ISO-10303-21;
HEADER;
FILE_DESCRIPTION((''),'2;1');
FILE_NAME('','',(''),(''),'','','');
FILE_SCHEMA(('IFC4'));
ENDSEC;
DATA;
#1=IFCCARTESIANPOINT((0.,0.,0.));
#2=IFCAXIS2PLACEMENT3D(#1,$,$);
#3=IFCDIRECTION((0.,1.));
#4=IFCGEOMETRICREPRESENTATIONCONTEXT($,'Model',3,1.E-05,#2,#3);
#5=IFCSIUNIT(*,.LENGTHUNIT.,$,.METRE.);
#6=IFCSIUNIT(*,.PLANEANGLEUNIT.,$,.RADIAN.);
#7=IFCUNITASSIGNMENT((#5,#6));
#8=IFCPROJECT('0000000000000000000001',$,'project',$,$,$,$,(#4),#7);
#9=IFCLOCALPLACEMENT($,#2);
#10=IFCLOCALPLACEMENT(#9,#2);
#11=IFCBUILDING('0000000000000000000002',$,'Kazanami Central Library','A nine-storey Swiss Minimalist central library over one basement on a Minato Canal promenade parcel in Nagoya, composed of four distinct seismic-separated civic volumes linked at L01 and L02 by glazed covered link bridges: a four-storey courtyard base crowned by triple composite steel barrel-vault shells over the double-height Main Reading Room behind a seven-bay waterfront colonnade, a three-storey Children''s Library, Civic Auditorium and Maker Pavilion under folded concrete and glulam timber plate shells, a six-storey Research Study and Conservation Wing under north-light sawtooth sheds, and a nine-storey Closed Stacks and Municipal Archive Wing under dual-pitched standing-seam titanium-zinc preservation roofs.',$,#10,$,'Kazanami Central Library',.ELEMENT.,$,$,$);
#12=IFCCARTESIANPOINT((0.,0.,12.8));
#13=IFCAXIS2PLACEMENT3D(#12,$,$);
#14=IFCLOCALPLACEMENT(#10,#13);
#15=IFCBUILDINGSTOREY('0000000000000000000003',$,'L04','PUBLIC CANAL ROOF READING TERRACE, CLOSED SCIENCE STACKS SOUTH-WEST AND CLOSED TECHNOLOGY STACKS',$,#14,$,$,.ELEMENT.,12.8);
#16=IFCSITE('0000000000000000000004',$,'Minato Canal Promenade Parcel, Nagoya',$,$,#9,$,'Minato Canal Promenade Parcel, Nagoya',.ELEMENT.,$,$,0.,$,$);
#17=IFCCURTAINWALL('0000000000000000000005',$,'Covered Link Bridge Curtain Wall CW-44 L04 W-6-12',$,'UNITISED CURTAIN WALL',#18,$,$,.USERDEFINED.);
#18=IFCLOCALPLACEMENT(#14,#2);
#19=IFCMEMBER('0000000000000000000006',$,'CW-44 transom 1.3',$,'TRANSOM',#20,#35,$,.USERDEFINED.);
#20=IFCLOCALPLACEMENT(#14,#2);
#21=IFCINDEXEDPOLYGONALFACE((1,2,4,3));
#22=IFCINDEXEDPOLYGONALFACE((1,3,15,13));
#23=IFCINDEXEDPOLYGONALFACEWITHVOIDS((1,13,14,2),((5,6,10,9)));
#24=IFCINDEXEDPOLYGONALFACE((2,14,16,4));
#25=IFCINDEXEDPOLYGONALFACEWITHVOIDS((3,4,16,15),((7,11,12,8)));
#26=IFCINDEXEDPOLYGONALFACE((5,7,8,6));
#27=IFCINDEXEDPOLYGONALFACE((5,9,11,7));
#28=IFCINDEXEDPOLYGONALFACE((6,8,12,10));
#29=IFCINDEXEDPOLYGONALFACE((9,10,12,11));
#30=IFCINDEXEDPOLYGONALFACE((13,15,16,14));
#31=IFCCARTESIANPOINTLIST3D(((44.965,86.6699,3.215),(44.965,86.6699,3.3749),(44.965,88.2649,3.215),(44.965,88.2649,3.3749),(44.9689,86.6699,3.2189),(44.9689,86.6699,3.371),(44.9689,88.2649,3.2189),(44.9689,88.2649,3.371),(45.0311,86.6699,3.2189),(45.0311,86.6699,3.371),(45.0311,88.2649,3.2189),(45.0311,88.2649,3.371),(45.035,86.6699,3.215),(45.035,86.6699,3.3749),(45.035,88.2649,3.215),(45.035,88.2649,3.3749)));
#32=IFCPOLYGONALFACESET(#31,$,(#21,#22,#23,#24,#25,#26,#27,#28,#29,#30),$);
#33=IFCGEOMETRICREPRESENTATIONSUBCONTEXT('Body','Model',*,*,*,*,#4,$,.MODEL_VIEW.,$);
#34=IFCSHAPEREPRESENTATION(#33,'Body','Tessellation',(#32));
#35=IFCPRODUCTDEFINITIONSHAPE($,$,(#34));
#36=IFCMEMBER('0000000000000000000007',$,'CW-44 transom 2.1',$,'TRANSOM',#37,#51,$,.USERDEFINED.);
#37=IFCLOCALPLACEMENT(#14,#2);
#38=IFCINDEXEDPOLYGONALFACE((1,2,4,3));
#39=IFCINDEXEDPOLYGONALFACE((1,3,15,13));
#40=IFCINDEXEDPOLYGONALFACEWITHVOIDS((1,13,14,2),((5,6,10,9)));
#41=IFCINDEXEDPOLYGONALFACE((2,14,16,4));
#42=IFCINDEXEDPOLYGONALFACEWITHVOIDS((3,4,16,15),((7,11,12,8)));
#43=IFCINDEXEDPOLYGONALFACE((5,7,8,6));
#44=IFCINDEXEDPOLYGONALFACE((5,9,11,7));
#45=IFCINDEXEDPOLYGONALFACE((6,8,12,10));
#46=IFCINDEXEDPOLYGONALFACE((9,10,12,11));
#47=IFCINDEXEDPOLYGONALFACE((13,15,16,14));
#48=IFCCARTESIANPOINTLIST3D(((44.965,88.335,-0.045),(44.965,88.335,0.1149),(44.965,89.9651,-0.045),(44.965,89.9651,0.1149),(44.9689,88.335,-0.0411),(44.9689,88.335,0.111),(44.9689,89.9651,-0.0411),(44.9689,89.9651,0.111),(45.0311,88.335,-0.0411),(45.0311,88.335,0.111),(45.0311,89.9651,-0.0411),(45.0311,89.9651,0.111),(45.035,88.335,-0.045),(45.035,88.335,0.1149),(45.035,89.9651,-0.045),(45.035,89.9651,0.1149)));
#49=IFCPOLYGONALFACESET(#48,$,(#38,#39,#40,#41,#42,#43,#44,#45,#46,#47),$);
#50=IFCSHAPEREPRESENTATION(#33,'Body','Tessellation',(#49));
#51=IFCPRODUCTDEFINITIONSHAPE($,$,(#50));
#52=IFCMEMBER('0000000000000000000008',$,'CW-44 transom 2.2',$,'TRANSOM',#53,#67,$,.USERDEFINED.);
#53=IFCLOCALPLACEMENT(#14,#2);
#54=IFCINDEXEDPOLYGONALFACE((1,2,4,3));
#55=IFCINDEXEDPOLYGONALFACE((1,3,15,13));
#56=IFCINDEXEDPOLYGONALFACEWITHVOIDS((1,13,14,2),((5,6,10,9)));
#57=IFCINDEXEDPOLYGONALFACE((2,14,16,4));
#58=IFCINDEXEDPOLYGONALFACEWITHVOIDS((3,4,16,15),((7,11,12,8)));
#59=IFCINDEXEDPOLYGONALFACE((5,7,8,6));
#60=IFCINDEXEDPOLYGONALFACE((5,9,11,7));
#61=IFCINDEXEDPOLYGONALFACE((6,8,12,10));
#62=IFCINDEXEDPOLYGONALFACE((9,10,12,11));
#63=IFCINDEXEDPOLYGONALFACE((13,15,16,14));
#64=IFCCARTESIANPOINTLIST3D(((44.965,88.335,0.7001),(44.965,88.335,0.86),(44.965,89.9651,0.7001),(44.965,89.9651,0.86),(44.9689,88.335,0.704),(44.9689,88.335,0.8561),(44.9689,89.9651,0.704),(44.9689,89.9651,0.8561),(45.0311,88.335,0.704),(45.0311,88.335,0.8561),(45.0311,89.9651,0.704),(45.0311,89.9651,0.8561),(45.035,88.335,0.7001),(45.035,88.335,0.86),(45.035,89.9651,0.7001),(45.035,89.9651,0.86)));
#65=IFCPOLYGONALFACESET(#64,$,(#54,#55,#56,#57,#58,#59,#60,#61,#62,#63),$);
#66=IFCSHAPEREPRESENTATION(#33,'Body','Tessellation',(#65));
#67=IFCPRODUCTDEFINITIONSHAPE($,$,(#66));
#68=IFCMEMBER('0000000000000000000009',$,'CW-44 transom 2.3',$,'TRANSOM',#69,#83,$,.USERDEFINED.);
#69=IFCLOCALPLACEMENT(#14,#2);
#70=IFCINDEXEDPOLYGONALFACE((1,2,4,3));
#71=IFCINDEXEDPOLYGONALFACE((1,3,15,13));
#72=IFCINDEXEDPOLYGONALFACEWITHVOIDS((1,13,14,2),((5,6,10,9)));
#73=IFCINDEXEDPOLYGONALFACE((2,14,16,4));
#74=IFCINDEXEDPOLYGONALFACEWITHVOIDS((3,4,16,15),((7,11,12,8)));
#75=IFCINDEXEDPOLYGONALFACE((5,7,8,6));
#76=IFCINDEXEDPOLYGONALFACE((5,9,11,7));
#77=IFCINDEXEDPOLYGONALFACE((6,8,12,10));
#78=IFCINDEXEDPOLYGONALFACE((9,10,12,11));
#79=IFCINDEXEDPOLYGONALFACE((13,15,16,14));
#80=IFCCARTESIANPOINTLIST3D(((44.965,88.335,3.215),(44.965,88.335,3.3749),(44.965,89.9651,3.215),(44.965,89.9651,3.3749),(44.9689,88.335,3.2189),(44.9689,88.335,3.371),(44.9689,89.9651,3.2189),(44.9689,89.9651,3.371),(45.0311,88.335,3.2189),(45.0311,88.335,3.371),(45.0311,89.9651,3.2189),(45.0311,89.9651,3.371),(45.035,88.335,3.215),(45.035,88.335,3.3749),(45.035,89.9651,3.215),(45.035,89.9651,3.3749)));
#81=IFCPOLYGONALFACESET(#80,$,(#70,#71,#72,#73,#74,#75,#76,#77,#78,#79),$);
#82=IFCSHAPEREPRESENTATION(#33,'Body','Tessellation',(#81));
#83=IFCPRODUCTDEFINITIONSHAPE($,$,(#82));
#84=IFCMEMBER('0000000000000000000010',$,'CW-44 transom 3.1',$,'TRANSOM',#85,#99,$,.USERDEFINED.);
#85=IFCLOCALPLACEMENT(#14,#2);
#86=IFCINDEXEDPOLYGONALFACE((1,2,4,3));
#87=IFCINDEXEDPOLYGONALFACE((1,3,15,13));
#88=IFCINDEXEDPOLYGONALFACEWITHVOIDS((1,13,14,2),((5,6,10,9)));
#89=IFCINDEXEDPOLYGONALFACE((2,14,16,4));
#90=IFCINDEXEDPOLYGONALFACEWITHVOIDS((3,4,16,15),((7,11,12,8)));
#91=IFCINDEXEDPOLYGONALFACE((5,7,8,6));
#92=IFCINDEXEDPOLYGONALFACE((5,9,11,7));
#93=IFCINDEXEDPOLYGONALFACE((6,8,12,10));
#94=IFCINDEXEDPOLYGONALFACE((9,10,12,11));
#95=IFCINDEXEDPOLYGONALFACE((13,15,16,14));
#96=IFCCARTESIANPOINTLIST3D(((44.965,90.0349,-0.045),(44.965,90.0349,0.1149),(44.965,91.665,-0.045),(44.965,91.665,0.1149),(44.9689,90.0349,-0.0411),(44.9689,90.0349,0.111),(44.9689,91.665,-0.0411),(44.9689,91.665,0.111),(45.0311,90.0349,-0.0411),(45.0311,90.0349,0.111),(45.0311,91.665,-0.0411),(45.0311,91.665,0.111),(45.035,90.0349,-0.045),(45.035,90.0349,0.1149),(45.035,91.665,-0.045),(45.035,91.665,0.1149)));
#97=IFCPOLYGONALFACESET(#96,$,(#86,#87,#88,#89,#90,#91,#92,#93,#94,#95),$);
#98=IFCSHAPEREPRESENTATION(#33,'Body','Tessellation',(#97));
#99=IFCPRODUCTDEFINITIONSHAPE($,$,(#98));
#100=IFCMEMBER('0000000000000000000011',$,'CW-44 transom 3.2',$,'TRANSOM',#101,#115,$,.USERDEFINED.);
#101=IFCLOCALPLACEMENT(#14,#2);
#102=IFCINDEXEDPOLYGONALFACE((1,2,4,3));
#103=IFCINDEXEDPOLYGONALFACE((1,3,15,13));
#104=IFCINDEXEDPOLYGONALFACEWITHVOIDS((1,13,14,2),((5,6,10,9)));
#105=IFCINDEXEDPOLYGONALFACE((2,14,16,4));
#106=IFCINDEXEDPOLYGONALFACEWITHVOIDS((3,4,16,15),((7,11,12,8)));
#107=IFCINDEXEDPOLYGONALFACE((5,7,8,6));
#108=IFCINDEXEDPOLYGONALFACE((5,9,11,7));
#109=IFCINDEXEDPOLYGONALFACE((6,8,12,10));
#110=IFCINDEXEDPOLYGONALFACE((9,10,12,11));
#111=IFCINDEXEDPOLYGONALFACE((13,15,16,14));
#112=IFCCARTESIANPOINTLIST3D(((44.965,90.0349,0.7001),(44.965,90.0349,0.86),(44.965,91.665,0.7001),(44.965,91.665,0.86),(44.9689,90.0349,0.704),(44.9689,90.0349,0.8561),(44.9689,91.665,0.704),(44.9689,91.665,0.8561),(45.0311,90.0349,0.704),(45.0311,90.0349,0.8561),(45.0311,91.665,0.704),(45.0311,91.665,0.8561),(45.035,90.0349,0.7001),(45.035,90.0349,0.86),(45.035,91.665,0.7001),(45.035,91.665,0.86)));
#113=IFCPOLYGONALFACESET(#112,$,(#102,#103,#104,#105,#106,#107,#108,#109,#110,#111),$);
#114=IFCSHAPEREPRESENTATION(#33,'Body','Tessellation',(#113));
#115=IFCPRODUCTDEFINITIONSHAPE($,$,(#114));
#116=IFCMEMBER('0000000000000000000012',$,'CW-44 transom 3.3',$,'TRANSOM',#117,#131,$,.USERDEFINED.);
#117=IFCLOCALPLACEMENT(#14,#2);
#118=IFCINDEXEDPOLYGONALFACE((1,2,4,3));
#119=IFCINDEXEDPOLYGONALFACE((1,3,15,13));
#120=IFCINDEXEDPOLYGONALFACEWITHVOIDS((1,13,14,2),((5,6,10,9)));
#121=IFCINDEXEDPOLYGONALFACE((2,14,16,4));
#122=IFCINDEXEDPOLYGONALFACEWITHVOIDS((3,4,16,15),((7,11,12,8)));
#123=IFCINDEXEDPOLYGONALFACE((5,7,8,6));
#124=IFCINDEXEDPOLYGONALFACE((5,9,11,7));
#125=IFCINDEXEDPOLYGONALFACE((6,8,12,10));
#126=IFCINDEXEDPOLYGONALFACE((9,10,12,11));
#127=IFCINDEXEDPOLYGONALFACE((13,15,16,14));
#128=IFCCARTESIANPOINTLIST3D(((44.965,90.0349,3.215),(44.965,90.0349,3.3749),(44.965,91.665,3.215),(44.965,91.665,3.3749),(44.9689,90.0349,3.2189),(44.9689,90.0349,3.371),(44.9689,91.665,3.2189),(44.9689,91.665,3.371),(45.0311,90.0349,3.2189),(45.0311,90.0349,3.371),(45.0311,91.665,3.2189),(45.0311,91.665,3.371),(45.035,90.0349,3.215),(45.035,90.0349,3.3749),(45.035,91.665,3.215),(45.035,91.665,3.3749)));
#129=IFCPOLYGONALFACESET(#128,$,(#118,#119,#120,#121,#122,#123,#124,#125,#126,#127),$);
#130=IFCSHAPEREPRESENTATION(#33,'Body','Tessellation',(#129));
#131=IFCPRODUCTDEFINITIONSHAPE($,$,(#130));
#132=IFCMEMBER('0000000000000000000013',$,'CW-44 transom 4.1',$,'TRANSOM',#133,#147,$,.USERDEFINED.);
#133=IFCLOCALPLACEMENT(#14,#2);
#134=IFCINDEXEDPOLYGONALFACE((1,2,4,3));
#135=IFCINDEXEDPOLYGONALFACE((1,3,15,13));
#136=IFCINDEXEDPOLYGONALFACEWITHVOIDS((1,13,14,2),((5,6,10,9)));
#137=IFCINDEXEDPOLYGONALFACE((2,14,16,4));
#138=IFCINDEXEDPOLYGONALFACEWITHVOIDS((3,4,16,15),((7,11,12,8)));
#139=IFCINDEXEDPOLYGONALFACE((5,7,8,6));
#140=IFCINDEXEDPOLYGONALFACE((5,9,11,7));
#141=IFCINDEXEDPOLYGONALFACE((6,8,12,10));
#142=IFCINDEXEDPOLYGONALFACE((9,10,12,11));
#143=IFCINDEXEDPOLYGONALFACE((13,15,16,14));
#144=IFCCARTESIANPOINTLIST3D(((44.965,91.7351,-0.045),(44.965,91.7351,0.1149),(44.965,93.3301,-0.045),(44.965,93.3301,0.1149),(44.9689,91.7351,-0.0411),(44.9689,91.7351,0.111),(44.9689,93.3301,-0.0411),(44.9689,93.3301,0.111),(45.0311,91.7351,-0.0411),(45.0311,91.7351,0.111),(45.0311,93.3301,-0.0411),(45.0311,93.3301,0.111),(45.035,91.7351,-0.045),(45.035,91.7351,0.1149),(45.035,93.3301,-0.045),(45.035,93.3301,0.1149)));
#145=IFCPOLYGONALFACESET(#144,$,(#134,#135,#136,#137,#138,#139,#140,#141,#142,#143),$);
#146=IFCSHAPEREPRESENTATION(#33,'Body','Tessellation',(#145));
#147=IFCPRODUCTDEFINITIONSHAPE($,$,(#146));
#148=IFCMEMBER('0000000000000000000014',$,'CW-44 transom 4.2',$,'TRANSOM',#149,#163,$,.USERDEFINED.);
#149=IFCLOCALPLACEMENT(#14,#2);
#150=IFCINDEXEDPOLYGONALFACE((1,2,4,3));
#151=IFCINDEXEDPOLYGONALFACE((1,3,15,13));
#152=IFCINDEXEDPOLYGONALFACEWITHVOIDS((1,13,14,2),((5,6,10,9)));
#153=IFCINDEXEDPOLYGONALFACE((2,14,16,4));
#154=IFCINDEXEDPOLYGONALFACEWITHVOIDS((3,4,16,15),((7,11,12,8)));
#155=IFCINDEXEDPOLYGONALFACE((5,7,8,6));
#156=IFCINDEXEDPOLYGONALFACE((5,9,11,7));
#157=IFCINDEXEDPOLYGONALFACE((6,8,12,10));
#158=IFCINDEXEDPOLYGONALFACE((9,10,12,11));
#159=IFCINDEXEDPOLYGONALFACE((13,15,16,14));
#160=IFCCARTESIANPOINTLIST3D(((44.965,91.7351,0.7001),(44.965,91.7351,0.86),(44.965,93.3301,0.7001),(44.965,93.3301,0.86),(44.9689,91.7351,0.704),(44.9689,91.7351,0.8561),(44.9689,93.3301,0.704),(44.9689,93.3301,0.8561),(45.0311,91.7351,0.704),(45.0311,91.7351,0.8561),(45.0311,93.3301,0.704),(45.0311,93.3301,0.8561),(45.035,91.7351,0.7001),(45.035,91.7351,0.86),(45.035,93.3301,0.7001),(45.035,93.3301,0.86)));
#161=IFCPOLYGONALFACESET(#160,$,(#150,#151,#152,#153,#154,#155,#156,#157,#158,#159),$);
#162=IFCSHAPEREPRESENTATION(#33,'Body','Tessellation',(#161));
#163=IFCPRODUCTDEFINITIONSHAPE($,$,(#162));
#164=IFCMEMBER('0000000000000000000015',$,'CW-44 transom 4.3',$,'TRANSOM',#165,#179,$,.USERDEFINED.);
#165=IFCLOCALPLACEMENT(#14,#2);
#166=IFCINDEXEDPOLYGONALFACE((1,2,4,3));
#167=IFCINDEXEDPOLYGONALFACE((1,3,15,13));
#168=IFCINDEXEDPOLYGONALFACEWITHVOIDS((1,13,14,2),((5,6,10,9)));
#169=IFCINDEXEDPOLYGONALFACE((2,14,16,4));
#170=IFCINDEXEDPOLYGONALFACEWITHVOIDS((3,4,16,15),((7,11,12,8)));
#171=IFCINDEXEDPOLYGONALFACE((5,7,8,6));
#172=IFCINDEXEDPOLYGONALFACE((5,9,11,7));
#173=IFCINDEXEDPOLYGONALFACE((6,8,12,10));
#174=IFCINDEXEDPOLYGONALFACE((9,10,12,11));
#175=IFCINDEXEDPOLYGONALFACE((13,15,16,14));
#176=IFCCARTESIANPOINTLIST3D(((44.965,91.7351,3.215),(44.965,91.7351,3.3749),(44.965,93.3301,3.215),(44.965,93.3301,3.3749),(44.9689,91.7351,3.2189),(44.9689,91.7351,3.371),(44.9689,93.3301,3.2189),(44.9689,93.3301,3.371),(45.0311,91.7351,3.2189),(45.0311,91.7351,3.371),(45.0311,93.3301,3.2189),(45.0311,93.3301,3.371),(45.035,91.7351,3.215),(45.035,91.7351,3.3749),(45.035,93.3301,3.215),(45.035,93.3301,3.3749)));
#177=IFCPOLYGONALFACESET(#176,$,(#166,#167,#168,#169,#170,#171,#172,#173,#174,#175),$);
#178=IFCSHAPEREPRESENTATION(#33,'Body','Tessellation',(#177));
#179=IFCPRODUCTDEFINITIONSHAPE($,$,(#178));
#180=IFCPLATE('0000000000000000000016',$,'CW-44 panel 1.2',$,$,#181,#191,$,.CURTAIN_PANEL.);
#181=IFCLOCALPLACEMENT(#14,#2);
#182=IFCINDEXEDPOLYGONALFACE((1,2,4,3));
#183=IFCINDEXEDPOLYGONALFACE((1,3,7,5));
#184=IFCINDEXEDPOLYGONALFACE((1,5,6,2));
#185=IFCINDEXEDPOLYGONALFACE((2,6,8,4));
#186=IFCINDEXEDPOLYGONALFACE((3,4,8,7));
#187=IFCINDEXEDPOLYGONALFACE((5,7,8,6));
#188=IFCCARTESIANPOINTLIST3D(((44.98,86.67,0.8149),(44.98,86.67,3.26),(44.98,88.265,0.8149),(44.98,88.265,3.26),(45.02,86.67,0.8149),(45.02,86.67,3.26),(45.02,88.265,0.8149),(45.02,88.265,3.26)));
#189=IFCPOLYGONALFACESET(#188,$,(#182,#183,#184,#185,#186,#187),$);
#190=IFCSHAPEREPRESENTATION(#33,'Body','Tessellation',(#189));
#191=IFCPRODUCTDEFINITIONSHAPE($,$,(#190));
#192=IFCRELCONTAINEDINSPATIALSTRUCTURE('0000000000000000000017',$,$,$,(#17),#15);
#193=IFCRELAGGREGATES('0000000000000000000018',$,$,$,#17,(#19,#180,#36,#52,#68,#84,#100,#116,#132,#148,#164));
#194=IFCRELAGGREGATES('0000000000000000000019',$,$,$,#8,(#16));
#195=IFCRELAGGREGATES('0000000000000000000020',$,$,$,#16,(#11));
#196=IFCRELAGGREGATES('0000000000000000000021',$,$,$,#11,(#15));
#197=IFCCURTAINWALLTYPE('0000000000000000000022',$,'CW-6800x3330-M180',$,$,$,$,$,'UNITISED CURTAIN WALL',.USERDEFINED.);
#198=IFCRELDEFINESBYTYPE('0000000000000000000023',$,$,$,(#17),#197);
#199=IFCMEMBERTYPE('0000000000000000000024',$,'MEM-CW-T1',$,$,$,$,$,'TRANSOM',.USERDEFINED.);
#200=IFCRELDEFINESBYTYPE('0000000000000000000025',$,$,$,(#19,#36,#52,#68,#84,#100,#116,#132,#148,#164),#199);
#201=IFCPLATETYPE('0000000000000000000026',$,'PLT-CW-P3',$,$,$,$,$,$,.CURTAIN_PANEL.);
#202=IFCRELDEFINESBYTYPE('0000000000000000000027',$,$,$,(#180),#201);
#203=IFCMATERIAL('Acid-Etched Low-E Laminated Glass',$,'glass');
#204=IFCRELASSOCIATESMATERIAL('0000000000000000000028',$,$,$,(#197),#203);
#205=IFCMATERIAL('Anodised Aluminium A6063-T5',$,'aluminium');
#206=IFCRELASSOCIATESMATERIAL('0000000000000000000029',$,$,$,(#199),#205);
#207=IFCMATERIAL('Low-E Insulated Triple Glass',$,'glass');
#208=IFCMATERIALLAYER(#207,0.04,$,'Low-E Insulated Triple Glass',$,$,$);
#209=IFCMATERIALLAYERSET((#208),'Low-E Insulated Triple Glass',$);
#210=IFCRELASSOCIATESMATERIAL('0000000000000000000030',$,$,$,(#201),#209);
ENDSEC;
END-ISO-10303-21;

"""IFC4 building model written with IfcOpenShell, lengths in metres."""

from ifc_helpers import new_model, si_unit, direction, frame, origin, origin_2d, place, context, subcontext, project, spatial, rectangle, hollow_rectangle, extrude, material, layer, layer_set, material_profile, profile_set, type_object, element, aggregate, save


model = new_model("IFC4")

# Units and contexts
model_context = context("Model", 3, precision=1e-05, world=origin(), true_north=direction((0.0, 1.0)))
body_context = subcontext(model_context, "Body", "Model", "MODEL_VIEW")
ifc_project = project(units=[si_unit("LENGTHUNIT", "METRE"), si_unit("PLANEANGLEUNIT", "RADIAN")], contexts=[model_context])

# Site, building, storey
site_placement = place(None, origin())
site = spatial("IfcSite", under=ifc_project, at=site_placement, Name="Minato Canal Promenade Parcel, Nagoya", LongName="Minato Canal Promenade Parcel, Nagoya", CompositionType="ELEMENT", RefElevation=0.0)
building_placement = place(site_placement, origin())
building = spatial("IfcBuilding", under=site, at=building_placement, Name="Kazanami Central Library", Description="A nine-storey Swiss Minimalist central library over one basement on a Minato Canal promenade parcel in Nagoya, composed of four distinct seismic-separated civic volumes linked at L01 and L02 by glazed covered link bridges: a four-storey courtyard base crowned by triple composite steel barrel-vault shells over the double-height Main Reading Room behind a seven-bay waterfront colonnade, a three-storey Children's Library, Civic Auditorium and Maker Pavilion under folded concrete and glulam timber plate shells, a six-storey Research Study and Conservation Wing under north-light sawtooth sheds, and a nine-storey Closed Stacks and Municipal Archive Wing under dual-pitched standing-seam titanium-zinc preservation roofs.", LongName="Kazanami Central Library", CompositionType="ELEMENT")
storey_placement = place(building_placement, frame((0.0, 0.0, 12.8)))
storey = spatial("IfcBuildingStorey", under=building, at=storey_placement, Name="L04", Description="PUBLIC CANAL ROOF READING TERRACE, CLOSED SCIENCE STACKS SOUTH-WEST AND CLOSED TECHNOLOGY STACKS", CompositionType="ELEMENT", Elevation=12.8)

# Curtain wall, members, plate
ifc_material_1 = material(Name="Acid-Etched Low-E Laminated Glass", Category="glass")
curtain_wall_type = type_object("IfcCurtainWallType", Name="CW-6800x3330-M180", ElementType="UNITISED CURTAIN WALL", PredefinedType="USERDEFINED", material=ifc_material_1)
curtain_wall_placement = place(storey_placement, origin())
curtain_wall = element("IfcCurtainWall", 1, at=curtain_wall_placement, inside=storey, type_object=curtain_wall_type, Name="Covered Link Bridge Curtain Wall CW-44 L04 W-6-12", ObjectType="UNITISED CURTAIN WALL", PredefinedType="USERDEFINED")
ifc_material_2 = material(Name="Anodised Aluminium A6063-T5", Category="aluminium")
ifc_material_profile_1 = material_profile(ifc_material_2, hollow_rectangle(XDim=0.0701, YDim=0.1599, WallThickness=0.0039, at=origin_2d()), Name="ALU-TRAN-70x160x4")
ifc_profile_set_1 = profile_set([ifc_material_profile_1], Name="Anodised Aluminium A6063-T5")
member_type_1 = type_object("IfcMemberType", Name="MEM-CW-T1", ElementType="TRANSOM", PredefinedType="USERDEFINED", material=ifc_profile_set_1)
member_1_placement = place(storey_placement, frame((45.0, 86.6699, 3.2949), z_axis=(0.0, 1.0, 0.0), x_axis=(-1.0, 0.0, 0.0)))
member_1 = element("IfcMember", 2, at=member_1_placement, type_object=member_type_1, Name="CW-44 transom 1.3", ObjectType="TRANSOM", PredefinedType="USERDEFINED", context=body_context, shape_type="SweptSolid", body=[
    extrude(hollow_rectangle(XDim=0.0701, YDim=0.1599, WallThickness=0.0039, at=origin_2d()), origin(), (0.0, 0.0, 1.0), 1.595),
])
member_2_placement = place(storey_placement, frame((45.0, 88.335, 0.0349), z_axis=(0.0, 1.0, 0.0), x_axis=(-1.0, 0.0, 0.0)))
member_2 = element("IfcMember", 3, at=member_2_placement, type_object=member_type_1, Name="CW-44 transom 2.1", ObjectType="TRANSOM", PredefinedType="USERDEFINED", context=body_context, shape_type="SweptSolid", body=[
    extrude(hollow_rectangle(XDim=0.0701, YDim=0.1599, WallThickness=0.0039, at=origin_2d()), origin(), (0.0, 0.0, 1.0), 1.6301),
])
member_3_placement = place(storey_placement, frame((45.0, 88.335, 0.78), z_axis=(0.0, 1.0, 0.0), x_axis=(-1.0, 0.0, 0.0)))
member_3 = element("IfcMember", 4, at=member_3_placement, type_object=member_type_1, Name="CW-44 transom 2.2", ObjectType="TRANSOM", PredefinedType="USERDEFINED", context=body_context, shape_type="SweptSolid", body=[
    extrude(hollow_rectangle(XDim=0.0701, YDim=0.1599, WallThickness=0.0039, at=origin_2d()), origin(), (0.0, 0.0, 1.0), 1.6301),
])
member_4_placement = place(storey_placement, frame((45.0, 88.335, 3.2949), z_axis=(0.0, 1.0, 0.0), x_axis=(-1.0, 0.0, 0.0)))
member_4 = element("IfcMember", 5, at=member_4_placement, type_object=member_type_1, Name="CW-44 transom 2.3", ObjectType="TRANSOM", PredefinedType="USERDEFINED", context=body_context, shape_type="SweptSolid", body=[
    extrude(hollow_rectangle(XDim=0.0701, YDim=0.1599, WallThickness=0.0039, at=origin_2d()), origin(), (0.0, 0.0, 1.0), 1.6301),
])
member_5_placement = place(storey_placement, frame((45.0, 90.0349, 0.0349), z_axis=(0.0, 1.0, 0.0), x_axis=(-1.0, 0.0, 0.0)))
member_5 = element("IfcMember", 6, at=member_5_placement, type_object=member_type_1, Name="CW-44 transom 3.1", ObjectType="TRANSOM", PredefinedType="USERDEFINED", context=body_context, shape_type="SweptSolid", body=[
    extrude(hollow_rectangle(XDim=0.0701, YDim=0.1599, WallThickness=0.0039, at=origin_2d()), origin(), (0.0, 0.0, 1.0), 1.6301),
])
member_6_placement = place(storey_placement, frame((45.0, 90.0349, 0.78), z_axis=(0.0, 1.0, 0.0), x_axis=(-1.0, 0.0, 0.0)))
member_6 = element("IfcMember", 7, at=member_6_placement, type_object=member_type_1, Name="CW-44 transom 3.2", ObjectType="TRANSOM", PredefinedType="USERDEFINED", context=body_context, shape_type="SweptSolid", body=[
    extrude(hollow_rectangle(XDim=0.0701, YDim=0.1599, WallThickness=0.0039, at=origin_2d()), origin(), (0.0, 0.0, 1.0), 1.6301),
])
member_7_placement = place(storey_placement, frame((45.0, 90.0349, 3.2949), z_axis=(0.0, 1.0, 0.0), x_axis=(-1.0, 0.0, 0.0)))
member_7 = element("IfcMember", 8, at=member_7_placement, type_object=member_type_1, Name="CW-44 transom 3.3", ObjectType="TRANSOM", PredefinedType="USERDEFINED", context=body_context, shape_type="SweptSolid", body=[
    extrude(hollow_rectangle(XDim=0.0701, YDim=0.1599, WallThickness=0.0039, at=origin_2d()), origin(), (0.0, 0.0, 1.0), 1.6301),
])
member_8_placement = place(storey_placement, frame((45.0, 91.7351, 0.0349), z_axis=(0.0, 1.0, 0.0), x_axis=(-1.0, 0.0, 0.0)))
member_8 = element("IfcMember", 9, at=member_8_placement, type_object=member_type_1, Name="CW-44 transom 4.1", ObjectType="TRANSOM", PredefinedType="USERDEFINED", context=body_context, shape_type="SweptSolid", body=[
    extrude(hollow_rectangle(XDim=0.0701, YDim=0.1599, WallThickness=0.0039, at=origin_2d()), origin(), (0.0, 0.0, 1.0), 1.595),
])
member_9_placement = place(storey_placement, frame((45.0, 91.7351, 0.78), z_axis=(0.0, 1.0, 0.0), x_axis=(-1.0, 0.0, 0.0)))
member_9 = element("IfcMember", 10, at=member_9_placement, type_object=member_type_1, Name="CW-44 transom 4.2", ObjectType="TRANSOM", PredefinedType="USERDEFINED", context=body_context, shape_type="SweptSolid", body=[
    extrude(hollow_rectangle(XDim=0.0701, YDim=0.1599, WallThickness=0.0039, at=origin_2d()), origin(), (0.0, 0.0, 1.0), 1.595),
])
member_10_placement = place(storey_placement, frame((45.0, 91.7351, 3.2949), z_axis=(0.0, 1.0, 0.0), x_axis=(-1.0, 0.0, 0.0)))
member_10 = element("IfcMember", 11, at=member_10_placement, type_object=member_type_1, Name="CW-44 transom 4.3", ObjectType="TRANSOM", PredefinedType="USERDEFINED", context=body_context, shape_type="SweptSolid", body=[
    extrude(hollow_rectangle(XDim=0.0701, YDim=0.1599, WallThickness=0.0039, at=origin_2d()), origin(), (0.0, 0.0, 1.0), 1.595),
])
ifc_material_3 = material(Name="Low-E Insulated Triple Glass", Category="glass")
ifc_layer_1 = layer(ifc_material_3, 0.04, Name="Low-E Insulated Triple Glass")
ifc_layer_set_1 = layer_set([ifc_layer_1], Name="Low-E Insulated Triple Glass")
plate_type_1 = type_object("IfcPlateType", Name="PLT-CW-P3", PredefinedType="CURTAIN_PANEL", material=ifc_layer_set_1)
plate_1_placement = place(storey_placement, frame((45.0, 87.4675, 0.8149), z_axis=(0.0, 0.0, 1.0), x_axis=(0.0, 1.0, 0.0)))
plate_1 = element("IfcPlate", 12, at=plate_1_placement, type_object=plate_type_1, Name="CW-44 panel 1.2", PredefinedType="CURTAIN_PANEL", context=body_context, shape_type="SweptSolid", body=[
    extrude(rectangle(XDim=1.595, YDim=0.04, at=origin_2d()), origin(), (0.0, 0.0, 1.0), 2.4451),
])
aggregate(curtain_wall, [member_1, plate_1, member_2, member_3, member_4, member_5, member_6, member_7, member_8, member_9, member_10])

save(model, "model.ifc")
